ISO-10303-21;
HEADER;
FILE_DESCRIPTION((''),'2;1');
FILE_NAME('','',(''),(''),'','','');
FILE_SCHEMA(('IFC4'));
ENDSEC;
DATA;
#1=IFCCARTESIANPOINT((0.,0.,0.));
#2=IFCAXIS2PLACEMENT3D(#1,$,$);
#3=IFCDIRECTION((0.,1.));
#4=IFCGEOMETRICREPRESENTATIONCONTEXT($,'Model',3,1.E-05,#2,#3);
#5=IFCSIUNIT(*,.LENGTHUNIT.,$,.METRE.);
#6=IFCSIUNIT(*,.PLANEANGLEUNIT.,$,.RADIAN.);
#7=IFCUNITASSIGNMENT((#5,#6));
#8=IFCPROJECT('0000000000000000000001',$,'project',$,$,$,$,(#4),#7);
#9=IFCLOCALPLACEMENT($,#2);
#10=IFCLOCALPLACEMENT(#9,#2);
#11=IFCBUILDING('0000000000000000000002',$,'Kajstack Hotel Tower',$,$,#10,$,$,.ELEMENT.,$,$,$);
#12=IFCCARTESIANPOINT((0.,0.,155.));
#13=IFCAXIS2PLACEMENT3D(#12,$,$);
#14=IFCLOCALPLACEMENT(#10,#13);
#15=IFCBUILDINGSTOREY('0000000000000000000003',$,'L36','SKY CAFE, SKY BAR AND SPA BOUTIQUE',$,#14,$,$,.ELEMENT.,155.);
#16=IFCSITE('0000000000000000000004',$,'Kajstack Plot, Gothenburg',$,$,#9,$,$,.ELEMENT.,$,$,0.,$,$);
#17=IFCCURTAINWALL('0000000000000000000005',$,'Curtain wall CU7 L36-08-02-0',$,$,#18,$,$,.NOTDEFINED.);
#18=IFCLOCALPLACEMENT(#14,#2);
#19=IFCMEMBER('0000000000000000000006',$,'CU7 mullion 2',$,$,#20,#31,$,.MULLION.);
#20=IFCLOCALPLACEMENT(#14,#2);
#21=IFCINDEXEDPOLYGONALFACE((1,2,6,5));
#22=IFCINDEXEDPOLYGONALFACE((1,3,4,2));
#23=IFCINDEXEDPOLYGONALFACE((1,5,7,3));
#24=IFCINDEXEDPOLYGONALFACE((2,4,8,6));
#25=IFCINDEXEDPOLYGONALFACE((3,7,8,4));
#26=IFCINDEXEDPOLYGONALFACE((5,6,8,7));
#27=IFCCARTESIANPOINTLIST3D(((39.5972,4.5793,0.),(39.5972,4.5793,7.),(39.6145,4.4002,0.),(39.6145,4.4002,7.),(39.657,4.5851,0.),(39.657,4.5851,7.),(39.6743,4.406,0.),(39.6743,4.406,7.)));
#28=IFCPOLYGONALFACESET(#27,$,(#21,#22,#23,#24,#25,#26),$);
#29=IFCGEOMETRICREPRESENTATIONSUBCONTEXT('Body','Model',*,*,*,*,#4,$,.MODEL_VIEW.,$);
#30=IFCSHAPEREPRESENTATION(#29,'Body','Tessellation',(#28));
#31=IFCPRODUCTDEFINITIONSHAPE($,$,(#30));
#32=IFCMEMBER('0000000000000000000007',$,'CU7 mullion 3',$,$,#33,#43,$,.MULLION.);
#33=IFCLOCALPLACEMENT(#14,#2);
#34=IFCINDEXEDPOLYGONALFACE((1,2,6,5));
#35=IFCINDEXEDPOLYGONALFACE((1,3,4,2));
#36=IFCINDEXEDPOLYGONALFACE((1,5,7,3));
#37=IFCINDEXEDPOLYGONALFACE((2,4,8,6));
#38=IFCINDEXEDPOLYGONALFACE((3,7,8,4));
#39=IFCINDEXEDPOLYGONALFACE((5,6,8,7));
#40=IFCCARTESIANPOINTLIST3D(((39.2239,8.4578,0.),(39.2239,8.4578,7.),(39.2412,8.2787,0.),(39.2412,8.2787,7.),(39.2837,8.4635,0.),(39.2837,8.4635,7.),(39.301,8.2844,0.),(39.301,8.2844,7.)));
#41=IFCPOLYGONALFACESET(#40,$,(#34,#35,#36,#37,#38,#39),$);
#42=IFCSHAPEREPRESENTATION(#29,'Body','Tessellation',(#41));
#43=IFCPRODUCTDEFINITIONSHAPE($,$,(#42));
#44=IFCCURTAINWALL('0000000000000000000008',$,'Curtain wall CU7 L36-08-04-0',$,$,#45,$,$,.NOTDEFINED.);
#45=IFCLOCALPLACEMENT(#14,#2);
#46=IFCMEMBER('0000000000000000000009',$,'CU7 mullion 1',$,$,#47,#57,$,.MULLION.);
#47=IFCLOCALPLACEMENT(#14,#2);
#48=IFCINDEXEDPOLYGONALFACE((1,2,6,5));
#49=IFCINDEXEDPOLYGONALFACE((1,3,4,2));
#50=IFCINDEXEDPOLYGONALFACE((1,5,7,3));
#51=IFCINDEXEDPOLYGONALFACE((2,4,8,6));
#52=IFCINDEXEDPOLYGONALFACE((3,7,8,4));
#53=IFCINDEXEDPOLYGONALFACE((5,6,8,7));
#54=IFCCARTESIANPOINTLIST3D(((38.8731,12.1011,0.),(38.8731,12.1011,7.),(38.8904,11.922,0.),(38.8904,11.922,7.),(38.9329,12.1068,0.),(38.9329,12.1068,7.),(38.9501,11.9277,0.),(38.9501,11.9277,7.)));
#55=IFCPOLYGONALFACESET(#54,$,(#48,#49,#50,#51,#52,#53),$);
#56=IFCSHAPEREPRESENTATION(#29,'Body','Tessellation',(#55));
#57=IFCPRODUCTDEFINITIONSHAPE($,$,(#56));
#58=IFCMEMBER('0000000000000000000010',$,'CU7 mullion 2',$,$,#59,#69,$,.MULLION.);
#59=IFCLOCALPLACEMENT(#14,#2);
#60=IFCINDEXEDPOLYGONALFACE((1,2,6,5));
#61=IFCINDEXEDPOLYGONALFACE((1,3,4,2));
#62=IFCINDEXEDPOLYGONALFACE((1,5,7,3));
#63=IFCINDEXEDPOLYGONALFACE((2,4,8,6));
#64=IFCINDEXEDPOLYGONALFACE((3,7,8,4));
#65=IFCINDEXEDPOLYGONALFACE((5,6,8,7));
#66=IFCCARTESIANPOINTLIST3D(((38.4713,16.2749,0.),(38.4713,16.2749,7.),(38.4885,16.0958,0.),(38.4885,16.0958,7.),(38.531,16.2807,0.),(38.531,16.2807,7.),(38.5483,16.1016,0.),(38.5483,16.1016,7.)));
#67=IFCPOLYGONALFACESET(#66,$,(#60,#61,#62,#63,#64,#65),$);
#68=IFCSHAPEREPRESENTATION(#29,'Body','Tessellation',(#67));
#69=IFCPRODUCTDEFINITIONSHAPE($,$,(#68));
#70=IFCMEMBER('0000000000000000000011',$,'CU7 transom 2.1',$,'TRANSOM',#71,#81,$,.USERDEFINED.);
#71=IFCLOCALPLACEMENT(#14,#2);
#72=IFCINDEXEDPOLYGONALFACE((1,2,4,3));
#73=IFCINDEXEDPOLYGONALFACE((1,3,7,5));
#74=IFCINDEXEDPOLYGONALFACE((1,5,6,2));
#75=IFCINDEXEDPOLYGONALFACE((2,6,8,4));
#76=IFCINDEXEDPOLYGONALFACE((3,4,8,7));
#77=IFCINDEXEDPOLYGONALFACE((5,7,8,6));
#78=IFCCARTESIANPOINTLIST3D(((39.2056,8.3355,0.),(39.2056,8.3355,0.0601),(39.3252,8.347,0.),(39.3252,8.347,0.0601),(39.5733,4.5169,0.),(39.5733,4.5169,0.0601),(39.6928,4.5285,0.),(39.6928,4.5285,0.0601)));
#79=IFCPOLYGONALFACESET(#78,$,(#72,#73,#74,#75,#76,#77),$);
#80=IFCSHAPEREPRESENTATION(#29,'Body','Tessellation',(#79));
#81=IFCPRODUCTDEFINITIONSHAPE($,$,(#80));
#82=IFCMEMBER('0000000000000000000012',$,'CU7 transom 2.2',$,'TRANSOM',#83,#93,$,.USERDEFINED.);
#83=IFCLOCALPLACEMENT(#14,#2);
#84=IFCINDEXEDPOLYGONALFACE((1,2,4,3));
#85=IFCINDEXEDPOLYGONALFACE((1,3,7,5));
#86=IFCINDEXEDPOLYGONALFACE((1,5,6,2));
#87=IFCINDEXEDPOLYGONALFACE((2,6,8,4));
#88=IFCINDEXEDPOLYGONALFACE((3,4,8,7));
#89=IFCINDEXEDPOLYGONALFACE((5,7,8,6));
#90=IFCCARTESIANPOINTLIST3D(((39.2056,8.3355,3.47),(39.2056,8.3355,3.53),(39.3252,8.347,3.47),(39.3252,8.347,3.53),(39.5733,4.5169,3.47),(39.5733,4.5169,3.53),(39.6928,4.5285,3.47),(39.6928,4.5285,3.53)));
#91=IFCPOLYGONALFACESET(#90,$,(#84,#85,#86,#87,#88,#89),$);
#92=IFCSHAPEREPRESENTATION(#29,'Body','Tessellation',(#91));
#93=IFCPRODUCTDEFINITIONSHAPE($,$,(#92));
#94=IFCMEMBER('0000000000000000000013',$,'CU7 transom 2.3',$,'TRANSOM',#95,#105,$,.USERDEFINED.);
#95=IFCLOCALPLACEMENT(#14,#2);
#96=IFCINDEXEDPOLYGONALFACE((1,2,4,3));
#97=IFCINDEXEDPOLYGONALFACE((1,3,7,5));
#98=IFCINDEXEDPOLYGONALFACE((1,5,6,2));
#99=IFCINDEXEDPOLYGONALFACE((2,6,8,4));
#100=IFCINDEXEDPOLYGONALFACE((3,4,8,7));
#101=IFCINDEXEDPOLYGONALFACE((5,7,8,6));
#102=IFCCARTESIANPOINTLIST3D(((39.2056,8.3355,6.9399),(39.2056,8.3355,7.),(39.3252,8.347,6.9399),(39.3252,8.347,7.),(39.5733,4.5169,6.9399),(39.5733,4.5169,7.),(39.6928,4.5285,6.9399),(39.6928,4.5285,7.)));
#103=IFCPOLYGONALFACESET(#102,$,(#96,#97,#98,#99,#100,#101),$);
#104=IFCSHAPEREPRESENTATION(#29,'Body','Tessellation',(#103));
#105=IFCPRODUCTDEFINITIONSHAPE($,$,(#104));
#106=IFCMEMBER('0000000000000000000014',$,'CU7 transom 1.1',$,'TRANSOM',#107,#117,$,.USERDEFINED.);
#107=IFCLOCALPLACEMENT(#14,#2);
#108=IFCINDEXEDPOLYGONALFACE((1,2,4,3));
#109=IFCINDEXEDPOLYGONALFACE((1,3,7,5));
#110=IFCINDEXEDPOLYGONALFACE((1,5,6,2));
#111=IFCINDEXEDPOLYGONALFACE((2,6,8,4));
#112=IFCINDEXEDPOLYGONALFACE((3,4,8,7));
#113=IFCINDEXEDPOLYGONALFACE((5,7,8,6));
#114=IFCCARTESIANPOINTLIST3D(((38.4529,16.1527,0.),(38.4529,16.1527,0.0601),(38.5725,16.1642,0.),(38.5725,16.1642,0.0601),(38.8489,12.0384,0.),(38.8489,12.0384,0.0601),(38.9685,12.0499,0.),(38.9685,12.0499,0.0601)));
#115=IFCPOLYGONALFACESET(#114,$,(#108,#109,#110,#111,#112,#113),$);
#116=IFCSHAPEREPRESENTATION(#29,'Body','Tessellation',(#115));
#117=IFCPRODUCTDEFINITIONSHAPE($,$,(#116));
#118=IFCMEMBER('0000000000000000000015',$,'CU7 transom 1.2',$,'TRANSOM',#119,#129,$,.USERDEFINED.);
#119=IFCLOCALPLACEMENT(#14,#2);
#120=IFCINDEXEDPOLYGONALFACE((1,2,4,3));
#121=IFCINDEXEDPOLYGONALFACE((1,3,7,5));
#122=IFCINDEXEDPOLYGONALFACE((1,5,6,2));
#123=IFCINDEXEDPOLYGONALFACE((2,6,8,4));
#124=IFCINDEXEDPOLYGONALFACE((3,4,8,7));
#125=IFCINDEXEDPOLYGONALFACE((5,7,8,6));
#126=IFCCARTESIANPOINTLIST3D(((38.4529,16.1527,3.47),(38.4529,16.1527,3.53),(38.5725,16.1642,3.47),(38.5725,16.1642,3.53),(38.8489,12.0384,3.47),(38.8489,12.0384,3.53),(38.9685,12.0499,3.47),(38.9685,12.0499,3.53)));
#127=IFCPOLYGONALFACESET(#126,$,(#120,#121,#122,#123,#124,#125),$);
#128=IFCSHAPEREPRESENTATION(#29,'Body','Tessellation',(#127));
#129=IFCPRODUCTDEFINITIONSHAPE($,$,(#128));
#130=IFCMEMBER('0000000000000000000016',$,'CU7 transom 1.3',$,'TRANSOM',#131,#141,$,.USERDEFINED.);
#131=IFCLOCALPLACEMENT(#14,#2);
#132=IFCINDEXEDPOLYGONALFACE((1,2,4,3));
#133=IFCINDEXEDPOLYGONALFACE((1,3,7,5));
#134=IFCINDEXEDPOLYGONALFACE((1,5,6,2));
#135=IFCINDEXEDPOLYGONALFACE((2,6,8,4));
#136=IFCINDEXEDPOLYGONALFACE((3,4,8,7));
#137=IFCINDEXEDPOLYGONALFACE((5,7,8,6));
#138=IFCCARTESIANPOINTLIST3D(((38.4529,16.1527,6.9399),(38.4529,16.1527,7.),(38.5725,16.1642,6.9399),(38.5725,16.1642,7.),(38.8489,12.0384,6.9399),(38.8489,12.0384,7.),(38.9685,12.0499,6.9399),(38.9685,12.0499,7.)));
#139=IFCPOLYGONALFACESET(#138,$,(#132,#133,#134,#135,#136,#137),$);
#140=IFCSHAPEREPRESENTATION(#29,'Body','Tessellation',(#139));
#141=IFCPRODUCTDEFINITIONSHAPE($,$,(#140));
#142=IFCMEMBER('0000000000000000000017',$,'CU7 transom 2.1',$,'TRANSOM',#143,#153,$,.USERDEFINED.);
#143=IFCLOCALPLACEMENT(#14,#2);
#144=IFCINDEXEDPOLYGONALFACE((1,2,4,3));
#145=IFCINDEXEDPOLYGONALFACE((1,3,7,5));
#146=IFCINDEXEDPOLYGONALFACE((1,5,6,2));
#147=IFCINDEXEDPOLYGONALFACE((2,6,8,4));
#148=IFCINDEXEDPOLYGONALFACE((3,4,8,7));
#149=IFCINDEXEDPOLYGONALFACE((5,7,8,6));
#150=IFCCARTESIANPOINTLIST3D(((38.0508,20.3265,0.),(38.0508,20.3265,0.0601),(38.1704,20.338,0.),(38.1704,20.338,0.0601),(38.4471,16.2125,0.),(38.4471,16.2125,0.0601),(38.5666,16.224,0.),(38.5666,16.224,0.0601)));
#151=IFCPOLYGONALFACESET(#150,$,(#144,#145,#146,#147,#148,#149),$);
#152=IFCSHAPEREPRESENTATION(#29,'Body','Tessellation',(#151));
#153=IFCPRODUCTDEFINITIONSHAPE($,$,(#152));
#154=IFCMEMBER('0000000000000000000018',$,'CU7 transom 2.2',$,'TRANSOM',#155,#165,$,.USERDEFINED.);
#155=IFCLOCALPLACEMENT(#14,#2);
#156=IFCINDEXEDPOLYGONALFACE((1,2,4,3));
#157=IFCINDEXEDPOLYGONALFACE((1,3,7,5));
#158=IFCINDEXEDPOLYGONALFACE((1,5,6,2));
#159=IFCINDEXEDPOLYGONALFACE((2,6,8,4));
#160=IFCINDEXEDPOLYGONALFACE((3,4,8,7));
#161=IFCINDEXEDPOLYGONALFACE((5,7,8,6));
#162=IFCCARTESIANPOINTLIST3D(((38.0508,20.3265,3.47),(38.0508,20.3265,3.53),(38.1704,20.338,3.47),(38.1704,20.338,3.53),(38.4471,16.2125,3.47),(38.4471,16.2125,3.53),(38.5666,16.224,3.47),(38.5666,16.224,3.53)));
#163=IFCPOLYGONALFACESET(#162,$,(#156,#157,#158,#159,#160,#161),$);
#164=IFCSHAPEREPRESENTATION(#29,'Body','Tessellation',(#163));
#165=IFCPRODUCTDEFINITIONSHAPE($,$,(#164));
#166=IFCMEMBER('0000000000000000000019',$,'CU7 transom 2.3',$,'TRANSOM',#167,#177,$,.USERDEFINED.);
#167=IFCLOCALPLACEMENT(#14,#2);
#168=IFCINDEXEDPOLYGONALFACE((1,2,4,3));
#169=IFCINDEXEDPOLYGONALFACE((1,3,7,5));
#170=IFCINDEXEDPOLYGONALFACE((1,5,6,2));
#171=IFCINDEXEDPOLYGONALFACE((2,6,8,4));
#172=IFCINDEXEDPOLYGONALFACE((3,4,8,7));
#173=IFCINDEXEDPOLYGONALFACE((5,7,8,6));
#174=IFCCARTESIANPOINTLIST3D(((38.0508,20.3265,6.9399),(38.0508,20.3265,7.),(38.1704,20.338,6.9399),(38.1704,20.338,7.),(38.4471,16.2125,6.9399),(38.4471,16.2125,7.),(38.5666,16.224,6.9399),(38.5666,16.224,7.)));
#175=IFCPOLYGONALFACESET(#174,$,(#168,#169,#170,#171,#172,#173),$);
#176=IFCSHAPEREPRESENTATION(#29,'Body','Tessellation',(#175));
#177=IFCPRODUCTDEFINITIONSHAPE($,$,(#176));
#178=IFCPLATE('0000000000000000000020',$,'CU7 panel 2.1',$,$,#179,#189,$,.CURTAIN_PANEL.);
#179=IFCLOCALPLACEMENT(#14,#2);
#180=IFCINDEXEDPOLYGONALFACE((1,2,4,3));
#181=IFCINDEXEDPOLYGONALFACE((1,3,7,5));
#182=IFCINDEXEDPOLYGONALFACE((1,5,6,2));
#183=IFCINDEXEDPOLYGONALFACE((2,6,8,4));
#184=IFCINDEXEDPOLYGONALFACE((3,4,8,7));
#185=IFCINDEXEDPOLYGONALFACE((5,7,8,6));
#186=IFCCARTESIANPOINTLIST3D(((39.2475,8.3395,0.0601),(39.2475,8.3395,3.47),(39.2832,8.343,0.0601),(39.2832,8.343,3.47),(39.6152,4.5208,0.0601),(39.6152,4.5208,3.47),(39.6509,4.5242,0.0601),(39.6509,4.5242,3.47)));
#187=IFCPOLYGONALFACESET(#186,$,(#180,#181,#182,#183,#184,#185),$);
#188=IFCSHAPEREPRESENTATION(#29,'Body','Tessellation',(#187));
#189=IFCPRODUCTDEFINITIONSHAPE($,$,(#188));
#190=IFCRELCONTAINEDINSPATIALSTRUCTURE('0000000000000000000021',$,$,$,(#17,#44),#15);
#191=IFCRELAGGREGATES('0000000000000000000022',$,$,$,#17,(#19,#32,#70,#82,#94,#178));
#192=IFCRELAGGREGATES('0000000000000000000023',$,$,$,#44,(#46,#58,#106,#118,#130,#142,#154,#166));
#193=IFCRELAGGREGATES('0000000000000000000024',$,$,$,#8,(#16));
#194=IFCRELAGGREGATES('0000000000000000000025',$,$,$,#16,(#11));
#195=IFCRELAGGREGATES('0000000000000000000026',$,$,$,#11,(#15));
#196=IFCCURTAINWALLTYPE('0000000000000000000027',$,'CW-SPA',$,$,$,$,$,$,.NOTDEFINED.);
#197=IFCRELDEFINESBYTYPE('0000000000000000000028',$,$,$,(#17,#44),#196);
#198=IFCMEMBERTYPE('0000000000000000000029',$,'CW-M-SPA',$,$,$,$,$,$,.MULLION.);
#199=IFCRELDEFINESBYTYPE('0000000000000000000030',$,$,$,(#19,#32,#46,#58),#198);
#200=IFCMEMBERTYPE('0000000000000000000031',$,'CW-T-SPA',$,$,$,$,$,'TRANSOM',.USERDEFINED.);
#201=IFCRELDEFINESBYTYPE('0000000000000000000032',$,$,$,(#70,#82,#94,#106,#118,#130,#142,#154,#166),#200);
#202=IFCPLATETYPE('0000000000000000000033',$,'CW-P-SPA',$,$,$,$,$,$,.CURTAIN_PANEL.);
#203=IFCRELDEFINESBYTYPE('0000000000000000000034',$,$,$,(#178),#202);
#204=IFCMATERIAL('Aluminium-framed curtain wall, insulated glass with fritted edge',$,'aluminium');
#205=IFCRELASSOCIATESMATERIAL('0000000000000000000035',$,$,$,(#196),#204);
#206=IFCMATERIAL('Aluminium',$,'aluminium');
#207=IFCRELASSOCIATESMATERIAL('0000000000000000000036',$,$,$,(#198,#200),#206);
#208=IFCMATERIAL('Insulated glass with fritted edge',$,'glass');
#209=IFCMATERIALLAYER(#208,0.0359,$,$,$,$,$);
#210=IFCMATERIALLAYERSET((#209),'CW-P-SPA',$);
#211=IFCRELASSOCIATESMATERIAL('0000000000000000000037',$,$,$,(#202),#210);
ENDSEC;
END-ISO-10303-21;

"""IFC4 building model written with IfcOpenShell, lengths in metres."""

from ifc_helpers import new_model, si_unit, direction, frame, origin, origin_2d, place, context, subcontext, project, spatial, rectangle, extrude, material, layer, layer_set, material_profile, profile_set, type_object, element, aggregate, save


model = new_model("IFC4")

# Units and contexts
model_context = context("Model", 3, precision=1e-05, world=origin(), true_north=direction((0.0, 1.0)))
body_context = subcontext(model_context, "Body", "Model", "MODEL_VIEW")
ifc_project = project(units=[si_unit("LENGTHUNIT", "METRE"), si_unit("PLANEANGLEUNIT", "RADIAN")], contexts=[model_context])

# Site, building, storey
site_placement = place(None, origin())
site = spatial("IfcSite", under=ifc_project, at=site_placement, Name="Kajstack Plot, Gothenburg", CompositionType="ELEMENT", RefElevation=0.0)
building_placement = place(site_placement, origin())
building = spatial("IfcBuilding", under=site, at=building_placement, Name="Kajstack Hotel Tower", CompositionType="ELEMENT")
storey_placement = place(building_placement, frame((0.0, 0.0, 155.0)))
storey = spatial("IfcBuildingStorey", under=building, at=storey_placement, Name="L36", Description="SKY CAFE, SKY BAR AND SPA BOUTIQUE", CompositionType="ELEMENT", Elevation=155.0)

# Curtain walls, members
ifc_material_1 = material(Name="Aluminium-framed curtain wall, insulated glass with fritted edge", Category="aluminium")
curtain_wall_type = type_object("IfcCurtainWallType", Name="CW-SPA", PredefinedType="NOTDEFINED", material=ifc_material_1)
curtain_wall_1_placement = place(storey_placement, origin())
curtain_wall_1 = element("IfcCurtainWall", 1, at=curtain_wall_1_placement, inside=storey, type_object=curtain_wall_type, Name="Curtain wall CU7 L36-08-02-0", PredefinedType="NOTDEFINED")
ifc_material_2 = material(Name="Aluminium", Category="aluminium")
ifc_material_profile_1 = material_profile(ifc_material_2, rectangle(XDim=0.0601, YDim=0.1799, at=origin_2d()), Name="Aluminium mullion 60 x 180")
ifc_profile_set_1 = profile_set([ifc_material_profile_1], Name="Aluminium")
member_type_1 = type_object("IfcMemberType", Name="CW-M-SPA", PredefinedType="MULLION", material=ifc_profile_set_1)
member_1_placement = place(storey_placement, frame((39.6357, 4.4927, 0.0), z_axis=(0.0, 0.0, 1.0), x_axis=(-0.995396, -0.095844, 0.0)))
member_1 = element("IfcMember", 2, at=member_1_placement, type_object=member_type_1, Name="CU7 mullion 2", PredefinedType="MULLION", context=body_context, shape_type="SweptSolid", body=[
    extrude(rectangle(XDim=0.0601, YDim=0.1799, at=origin_2d()), origin(), (0.0, 0.0, 1.0), 7.0),
])
member_2_placement = place(storey_placement, frame((39.2625, 8.3711, 0.0), z_axis=(0.0, 0.0, 1.0), x_axis=(-0.995396, -0.095844, 0.0)))
member_2 = element("IfcMember", 3, at=member_2_placement, type_object=member_type_1, Name="CU7 mullion 3", PredefinedType="MULLION", context=body_context, shape_type="SweptSolid", body=[
    extrude(rectangle(XDim=0.0601, YDim=0.1799, at=origin_2d()), origin(), (0.0, 0.0, 1.0), 7.0),
])
curtain_wall_2_placement = place(storey_placement, origin())
curtain_wall_2 = element("IfcCurtainWall", 4, at=curtain_wall_2_placement, inside=storey, type_object=curtain_wall_type, Name="Curtain wall CU7 L36-08-04-0", PredefinedType="NOTDEFINED")
member_3_placement = place(storey_placement, frame((38.9116, 12.0144, 0.0), z_axis=(0.0, 0.0, 1.0), x_axis=(-0.995396, -0.095844, 0.0)))
member_3 = element("IfcMember", 5, at=member_3_placement, type_object=member_type_1, Name="CU7 mullion 1", PredefinedType="MULLION", context=body_context, shape_type="SweptSolid", body=[
    extrude(rectangle(XDim=0.0601, YDim=0.1799, at=origin_2d()), origin(), (0.0, 0.0, 1.0), 7.0),
])
member_4_placement = place(storey_placement, frame((38.5098, 16.1882, 0.0), z_axis=(0.0, 0.0, 1.0), x_axis=(-0.995396, -0.095844, 0.0)))
member_4 = element("IfcMember", 6, at=member_4_placement, type_object=member_type_1, Name="CU7 mullion 2", PredefinedType="MULLION", context=body_context, shape_type="SweptSolid", body=[
    extrude(rectangle(XDim=0.0601, YDim=0.1799, at=origin_2d()), origin(), (0.0, 0.0, 1.0), 7.0),
])

# Members
ifc_material_profile_2 = material_profile(ifc_material_2, rectangle(XDim=0.1201, YDim=0.0601, at=origin_2d()), Name="Aluminium transom 120 x 60")
ifc_profile_set_2 = profile_set([ifc_material_profile_2], Name="Aluminium")
member_type_2 = type_object("IfcMemberType", Name="CW-T-SPA", ElementType="TRANSOM", PredefinedType="USERDEFINED", material=ifc_profile_set_2)
member_5_placement = place(storey_placement, frame((39.6331, 4.5227, 0.03), z_axis=(-0.095842, 0.995397, 0.0), x_axis=(-0.995397, -0.095842, 0.0)))
member_5 = element("IfcMember", 7, at=member_5_placement, type_object=member_type_2, Name="CU7 transom 2.1", ObjectType="TRANSOM", PredefinedType="USERDEFINED", context=body_context, shape_type="SweptSolid", body=[
    extrude(rectangle(XDim=0.1201, YDim=0.0601, at=origin_2d()), origin(), (0.0, 0.0, 1.0), 3.8362),
])
member_6_placement = place(storey_placement, frame((39.6331, 4.5227, 3.5), z_axis=(-0.095842, 0.995397, 0.0), x_axis=(-0.995397, -0.095842, 0.0)))
member_6 = element("IfcMember", 8, at=member_6_placement, type_object=member_type_2, Name="CU7 transom 2.2", ObjectType="TRANSOM", PredefinedType="USERDEFINED", context=body_context, shape_type="SweptSolid", body=[
    extrude(rectangle(XDim=0.1201, YDim=0.0601, at=origin_2d()), origin(), (0.0, 0.0, 1.0), 3.8362),
])
member_7_placement = place(storey_placement, frame((39.6331, 4.5227, 6.97), z_axis=(-0.095842, 0.995397, 0.0), x_axis=(-0.995397, -0.095842, 0.0)))
member_7 = element("IfcMember", 9, at=member_7_placement, type_object=member_type_2, Name="CU7 transom 2.3", ObjectType="TRANSOM", PredefinedType="USERDEFINED", context=body_context, shape_type="SweptSolid", body=[
    extrude(rectangle(XDim=0.1201, YDim=0.0601, at=origin_2d()), origin(), (0.0, 0.0, 1.0), 3.8362),
])
member_8_placement = place(storey_placement, frame((38.9087, 12.0442, 0.03), z_axis=(-0.095807, 0.9954, 0.0), x_axis=(-0.9954, -0.095807, 0.0)))
member_8 = element("IfcMember", 10, at=member_8_placement, type_object=member_type_2, Name="CU7 transom 1.1", ObjectType="TRANSOM", PredefinedType="USERDEFINED", context=body_context, shape_type="SweptSolid", body=[
    extrude(rectangle(XDim=0.1201, YDim=0.0601, at=origin_2d()), origin(), (0.0, 0.0, 1.0), 4.1333),
])
member_9_placement = place(storey_placement, frame((38.9087, 12.0442, 3.5), z_axis=(-0.095807, 0.9954, 0.0), x_axis=(-0.9954, -0.095807, 0.0)))
member_9 = element("IfcMember", 11, at=member_9_placement, type_object=member_type_2, Name="CU7 transom 1.2", ObjectType="TRANSOM", PredefinedType="USERDEFINED", context=body_context, shape_type="SweptSolid", body=[
    extrude(rectangle(XDim=0.1201, YDim=0.0601, at=origin_2d()), origin(), (0.0, 0.0, 1.0), 4.1333),
])
member_10_placement = place(storey_placement, frame((38.9087, 12.0442, 6.97), z_axis=(-0.095807, 0.9954, 0.0), x_axis=(-0.9954, -0.095807, 0.0)))
member_10 = element("IfcMember", 12, at=member_10_placement, type_object=member_type_2, Name="CU7 transom 1.3", ObjectType="TRANSOM", PredefinedType="USERDEFINED", context=body_context, shape_type="SweptSolid", body=[
    extrude(rectangle(XDim=0.1201, YDim=0.0601, at=origin_2d()), origin(), (0.0, 0.0, 1.0), 4.1333),
])
member_11_placement = place(storey_placement, frame((38.5068, 16.2183, 0.03), z_axis=(-0.095871, 0.995394, 0.0), x_axis=(-0.995394, -0.095871, 0.0)))
member_11 = element("IfcMember", 13, at=member_11_placement, type_object=member_type_2, Name="CU7 transom 2.1", ObjectType="TRANSOM", PredefinedType="USERDEFINED", context=body_context, shape_type="SweptSolid", body=[
    extrude(rectangle(XDim=0.1201, YDim=0.0601, at=origin_2d()), origin(), (0.0, 0.0, 1.0), 4.1331),
])
member_12_placement = place(storey_placement, frame((38.5068, 16.2183, 3.5), z_axis=(-0.095871, 0.995394, 0.0), x_axis=(-0.995394, -0.095871, 0.0)))
member_12 = element("IfcMember", 14, at=member_12_placement, type_object=member_type_2, Name="CU7 transom 2.2", ObjectType="TRANSOM", PredefinedType="USERDEFINED", context=body_context, shape_type="SweptSolid", body=[
    extrude(rectangle(XDim=0.1201, YDim=0.0601, at=origin_2d()), origin(), (0.0, 0.0, 1.0), 4.1331),
])
member_13_placement = place(storey_placement, frame((38.5068, 16.2183, 6.97), z_axis=(-0.095871, 0.995394, 0.0), x_axis=(-0.995394, -0.095871, 0.0)))
member_13 = element("IfcMember", 15, at=member_13_placement, type_object=member_type_2, Name="CU7 transom 2.3", ObjectType="TRANSOM", PredefinedType="USERDEFINED", context=body_context, shape_type="SweptSolid", body=[
    extrude(rectangle(XDim=0.1201, YDim=0.0601, at=origin_2d()), origin(), (0.0, 0.0, 1.0), 4.1331),
])

# Plate
ifc_material_3 = material(Name="Insulated glass with fritted edge", Category="glass")
ifc_layer_1 = layer(ifc_material_3, 0.0359)
ifc_layer_set_1 = layer_set([ifc_layer_1], Name="CW-P-SPA")
plate_type = type_object("IfcPlateType", Name="CW-P-SPA", PredefinedType="CURTAIN_PANEL", material=ifc_layer_set_1)
plate_1_placement = place(storey_placement, frame((39.4492, 6.4319, 0.0601), z_axis=(0.0, 0.0, 1.0), x_axis=(-0.095844, 0.995396, 0.0)))
plate_1 = element("IfcPlate", 16, at=plate_1_placement, type_object=plate_type, Name="CU7 panel 2.1", PredefinedType="CURTAIN_PANEL", context=body_context, shape_type="SweptSolid", body=[
    extrude(rectangle(XDim=3.8364, YDim=0.0359, at=origin_2d()), origin(), (0.0, 0.0, 1.0), 3.4099),
])
aggregate(curtain_wall_1, [member_1, member_2, member_5, member_6, member_7, plate_1])
aggregate(curtain_wall_2, [member_3, member_4, member_8, member_9, member_10, member_11, member_12, member_13])

save(model, "model.ifc")
